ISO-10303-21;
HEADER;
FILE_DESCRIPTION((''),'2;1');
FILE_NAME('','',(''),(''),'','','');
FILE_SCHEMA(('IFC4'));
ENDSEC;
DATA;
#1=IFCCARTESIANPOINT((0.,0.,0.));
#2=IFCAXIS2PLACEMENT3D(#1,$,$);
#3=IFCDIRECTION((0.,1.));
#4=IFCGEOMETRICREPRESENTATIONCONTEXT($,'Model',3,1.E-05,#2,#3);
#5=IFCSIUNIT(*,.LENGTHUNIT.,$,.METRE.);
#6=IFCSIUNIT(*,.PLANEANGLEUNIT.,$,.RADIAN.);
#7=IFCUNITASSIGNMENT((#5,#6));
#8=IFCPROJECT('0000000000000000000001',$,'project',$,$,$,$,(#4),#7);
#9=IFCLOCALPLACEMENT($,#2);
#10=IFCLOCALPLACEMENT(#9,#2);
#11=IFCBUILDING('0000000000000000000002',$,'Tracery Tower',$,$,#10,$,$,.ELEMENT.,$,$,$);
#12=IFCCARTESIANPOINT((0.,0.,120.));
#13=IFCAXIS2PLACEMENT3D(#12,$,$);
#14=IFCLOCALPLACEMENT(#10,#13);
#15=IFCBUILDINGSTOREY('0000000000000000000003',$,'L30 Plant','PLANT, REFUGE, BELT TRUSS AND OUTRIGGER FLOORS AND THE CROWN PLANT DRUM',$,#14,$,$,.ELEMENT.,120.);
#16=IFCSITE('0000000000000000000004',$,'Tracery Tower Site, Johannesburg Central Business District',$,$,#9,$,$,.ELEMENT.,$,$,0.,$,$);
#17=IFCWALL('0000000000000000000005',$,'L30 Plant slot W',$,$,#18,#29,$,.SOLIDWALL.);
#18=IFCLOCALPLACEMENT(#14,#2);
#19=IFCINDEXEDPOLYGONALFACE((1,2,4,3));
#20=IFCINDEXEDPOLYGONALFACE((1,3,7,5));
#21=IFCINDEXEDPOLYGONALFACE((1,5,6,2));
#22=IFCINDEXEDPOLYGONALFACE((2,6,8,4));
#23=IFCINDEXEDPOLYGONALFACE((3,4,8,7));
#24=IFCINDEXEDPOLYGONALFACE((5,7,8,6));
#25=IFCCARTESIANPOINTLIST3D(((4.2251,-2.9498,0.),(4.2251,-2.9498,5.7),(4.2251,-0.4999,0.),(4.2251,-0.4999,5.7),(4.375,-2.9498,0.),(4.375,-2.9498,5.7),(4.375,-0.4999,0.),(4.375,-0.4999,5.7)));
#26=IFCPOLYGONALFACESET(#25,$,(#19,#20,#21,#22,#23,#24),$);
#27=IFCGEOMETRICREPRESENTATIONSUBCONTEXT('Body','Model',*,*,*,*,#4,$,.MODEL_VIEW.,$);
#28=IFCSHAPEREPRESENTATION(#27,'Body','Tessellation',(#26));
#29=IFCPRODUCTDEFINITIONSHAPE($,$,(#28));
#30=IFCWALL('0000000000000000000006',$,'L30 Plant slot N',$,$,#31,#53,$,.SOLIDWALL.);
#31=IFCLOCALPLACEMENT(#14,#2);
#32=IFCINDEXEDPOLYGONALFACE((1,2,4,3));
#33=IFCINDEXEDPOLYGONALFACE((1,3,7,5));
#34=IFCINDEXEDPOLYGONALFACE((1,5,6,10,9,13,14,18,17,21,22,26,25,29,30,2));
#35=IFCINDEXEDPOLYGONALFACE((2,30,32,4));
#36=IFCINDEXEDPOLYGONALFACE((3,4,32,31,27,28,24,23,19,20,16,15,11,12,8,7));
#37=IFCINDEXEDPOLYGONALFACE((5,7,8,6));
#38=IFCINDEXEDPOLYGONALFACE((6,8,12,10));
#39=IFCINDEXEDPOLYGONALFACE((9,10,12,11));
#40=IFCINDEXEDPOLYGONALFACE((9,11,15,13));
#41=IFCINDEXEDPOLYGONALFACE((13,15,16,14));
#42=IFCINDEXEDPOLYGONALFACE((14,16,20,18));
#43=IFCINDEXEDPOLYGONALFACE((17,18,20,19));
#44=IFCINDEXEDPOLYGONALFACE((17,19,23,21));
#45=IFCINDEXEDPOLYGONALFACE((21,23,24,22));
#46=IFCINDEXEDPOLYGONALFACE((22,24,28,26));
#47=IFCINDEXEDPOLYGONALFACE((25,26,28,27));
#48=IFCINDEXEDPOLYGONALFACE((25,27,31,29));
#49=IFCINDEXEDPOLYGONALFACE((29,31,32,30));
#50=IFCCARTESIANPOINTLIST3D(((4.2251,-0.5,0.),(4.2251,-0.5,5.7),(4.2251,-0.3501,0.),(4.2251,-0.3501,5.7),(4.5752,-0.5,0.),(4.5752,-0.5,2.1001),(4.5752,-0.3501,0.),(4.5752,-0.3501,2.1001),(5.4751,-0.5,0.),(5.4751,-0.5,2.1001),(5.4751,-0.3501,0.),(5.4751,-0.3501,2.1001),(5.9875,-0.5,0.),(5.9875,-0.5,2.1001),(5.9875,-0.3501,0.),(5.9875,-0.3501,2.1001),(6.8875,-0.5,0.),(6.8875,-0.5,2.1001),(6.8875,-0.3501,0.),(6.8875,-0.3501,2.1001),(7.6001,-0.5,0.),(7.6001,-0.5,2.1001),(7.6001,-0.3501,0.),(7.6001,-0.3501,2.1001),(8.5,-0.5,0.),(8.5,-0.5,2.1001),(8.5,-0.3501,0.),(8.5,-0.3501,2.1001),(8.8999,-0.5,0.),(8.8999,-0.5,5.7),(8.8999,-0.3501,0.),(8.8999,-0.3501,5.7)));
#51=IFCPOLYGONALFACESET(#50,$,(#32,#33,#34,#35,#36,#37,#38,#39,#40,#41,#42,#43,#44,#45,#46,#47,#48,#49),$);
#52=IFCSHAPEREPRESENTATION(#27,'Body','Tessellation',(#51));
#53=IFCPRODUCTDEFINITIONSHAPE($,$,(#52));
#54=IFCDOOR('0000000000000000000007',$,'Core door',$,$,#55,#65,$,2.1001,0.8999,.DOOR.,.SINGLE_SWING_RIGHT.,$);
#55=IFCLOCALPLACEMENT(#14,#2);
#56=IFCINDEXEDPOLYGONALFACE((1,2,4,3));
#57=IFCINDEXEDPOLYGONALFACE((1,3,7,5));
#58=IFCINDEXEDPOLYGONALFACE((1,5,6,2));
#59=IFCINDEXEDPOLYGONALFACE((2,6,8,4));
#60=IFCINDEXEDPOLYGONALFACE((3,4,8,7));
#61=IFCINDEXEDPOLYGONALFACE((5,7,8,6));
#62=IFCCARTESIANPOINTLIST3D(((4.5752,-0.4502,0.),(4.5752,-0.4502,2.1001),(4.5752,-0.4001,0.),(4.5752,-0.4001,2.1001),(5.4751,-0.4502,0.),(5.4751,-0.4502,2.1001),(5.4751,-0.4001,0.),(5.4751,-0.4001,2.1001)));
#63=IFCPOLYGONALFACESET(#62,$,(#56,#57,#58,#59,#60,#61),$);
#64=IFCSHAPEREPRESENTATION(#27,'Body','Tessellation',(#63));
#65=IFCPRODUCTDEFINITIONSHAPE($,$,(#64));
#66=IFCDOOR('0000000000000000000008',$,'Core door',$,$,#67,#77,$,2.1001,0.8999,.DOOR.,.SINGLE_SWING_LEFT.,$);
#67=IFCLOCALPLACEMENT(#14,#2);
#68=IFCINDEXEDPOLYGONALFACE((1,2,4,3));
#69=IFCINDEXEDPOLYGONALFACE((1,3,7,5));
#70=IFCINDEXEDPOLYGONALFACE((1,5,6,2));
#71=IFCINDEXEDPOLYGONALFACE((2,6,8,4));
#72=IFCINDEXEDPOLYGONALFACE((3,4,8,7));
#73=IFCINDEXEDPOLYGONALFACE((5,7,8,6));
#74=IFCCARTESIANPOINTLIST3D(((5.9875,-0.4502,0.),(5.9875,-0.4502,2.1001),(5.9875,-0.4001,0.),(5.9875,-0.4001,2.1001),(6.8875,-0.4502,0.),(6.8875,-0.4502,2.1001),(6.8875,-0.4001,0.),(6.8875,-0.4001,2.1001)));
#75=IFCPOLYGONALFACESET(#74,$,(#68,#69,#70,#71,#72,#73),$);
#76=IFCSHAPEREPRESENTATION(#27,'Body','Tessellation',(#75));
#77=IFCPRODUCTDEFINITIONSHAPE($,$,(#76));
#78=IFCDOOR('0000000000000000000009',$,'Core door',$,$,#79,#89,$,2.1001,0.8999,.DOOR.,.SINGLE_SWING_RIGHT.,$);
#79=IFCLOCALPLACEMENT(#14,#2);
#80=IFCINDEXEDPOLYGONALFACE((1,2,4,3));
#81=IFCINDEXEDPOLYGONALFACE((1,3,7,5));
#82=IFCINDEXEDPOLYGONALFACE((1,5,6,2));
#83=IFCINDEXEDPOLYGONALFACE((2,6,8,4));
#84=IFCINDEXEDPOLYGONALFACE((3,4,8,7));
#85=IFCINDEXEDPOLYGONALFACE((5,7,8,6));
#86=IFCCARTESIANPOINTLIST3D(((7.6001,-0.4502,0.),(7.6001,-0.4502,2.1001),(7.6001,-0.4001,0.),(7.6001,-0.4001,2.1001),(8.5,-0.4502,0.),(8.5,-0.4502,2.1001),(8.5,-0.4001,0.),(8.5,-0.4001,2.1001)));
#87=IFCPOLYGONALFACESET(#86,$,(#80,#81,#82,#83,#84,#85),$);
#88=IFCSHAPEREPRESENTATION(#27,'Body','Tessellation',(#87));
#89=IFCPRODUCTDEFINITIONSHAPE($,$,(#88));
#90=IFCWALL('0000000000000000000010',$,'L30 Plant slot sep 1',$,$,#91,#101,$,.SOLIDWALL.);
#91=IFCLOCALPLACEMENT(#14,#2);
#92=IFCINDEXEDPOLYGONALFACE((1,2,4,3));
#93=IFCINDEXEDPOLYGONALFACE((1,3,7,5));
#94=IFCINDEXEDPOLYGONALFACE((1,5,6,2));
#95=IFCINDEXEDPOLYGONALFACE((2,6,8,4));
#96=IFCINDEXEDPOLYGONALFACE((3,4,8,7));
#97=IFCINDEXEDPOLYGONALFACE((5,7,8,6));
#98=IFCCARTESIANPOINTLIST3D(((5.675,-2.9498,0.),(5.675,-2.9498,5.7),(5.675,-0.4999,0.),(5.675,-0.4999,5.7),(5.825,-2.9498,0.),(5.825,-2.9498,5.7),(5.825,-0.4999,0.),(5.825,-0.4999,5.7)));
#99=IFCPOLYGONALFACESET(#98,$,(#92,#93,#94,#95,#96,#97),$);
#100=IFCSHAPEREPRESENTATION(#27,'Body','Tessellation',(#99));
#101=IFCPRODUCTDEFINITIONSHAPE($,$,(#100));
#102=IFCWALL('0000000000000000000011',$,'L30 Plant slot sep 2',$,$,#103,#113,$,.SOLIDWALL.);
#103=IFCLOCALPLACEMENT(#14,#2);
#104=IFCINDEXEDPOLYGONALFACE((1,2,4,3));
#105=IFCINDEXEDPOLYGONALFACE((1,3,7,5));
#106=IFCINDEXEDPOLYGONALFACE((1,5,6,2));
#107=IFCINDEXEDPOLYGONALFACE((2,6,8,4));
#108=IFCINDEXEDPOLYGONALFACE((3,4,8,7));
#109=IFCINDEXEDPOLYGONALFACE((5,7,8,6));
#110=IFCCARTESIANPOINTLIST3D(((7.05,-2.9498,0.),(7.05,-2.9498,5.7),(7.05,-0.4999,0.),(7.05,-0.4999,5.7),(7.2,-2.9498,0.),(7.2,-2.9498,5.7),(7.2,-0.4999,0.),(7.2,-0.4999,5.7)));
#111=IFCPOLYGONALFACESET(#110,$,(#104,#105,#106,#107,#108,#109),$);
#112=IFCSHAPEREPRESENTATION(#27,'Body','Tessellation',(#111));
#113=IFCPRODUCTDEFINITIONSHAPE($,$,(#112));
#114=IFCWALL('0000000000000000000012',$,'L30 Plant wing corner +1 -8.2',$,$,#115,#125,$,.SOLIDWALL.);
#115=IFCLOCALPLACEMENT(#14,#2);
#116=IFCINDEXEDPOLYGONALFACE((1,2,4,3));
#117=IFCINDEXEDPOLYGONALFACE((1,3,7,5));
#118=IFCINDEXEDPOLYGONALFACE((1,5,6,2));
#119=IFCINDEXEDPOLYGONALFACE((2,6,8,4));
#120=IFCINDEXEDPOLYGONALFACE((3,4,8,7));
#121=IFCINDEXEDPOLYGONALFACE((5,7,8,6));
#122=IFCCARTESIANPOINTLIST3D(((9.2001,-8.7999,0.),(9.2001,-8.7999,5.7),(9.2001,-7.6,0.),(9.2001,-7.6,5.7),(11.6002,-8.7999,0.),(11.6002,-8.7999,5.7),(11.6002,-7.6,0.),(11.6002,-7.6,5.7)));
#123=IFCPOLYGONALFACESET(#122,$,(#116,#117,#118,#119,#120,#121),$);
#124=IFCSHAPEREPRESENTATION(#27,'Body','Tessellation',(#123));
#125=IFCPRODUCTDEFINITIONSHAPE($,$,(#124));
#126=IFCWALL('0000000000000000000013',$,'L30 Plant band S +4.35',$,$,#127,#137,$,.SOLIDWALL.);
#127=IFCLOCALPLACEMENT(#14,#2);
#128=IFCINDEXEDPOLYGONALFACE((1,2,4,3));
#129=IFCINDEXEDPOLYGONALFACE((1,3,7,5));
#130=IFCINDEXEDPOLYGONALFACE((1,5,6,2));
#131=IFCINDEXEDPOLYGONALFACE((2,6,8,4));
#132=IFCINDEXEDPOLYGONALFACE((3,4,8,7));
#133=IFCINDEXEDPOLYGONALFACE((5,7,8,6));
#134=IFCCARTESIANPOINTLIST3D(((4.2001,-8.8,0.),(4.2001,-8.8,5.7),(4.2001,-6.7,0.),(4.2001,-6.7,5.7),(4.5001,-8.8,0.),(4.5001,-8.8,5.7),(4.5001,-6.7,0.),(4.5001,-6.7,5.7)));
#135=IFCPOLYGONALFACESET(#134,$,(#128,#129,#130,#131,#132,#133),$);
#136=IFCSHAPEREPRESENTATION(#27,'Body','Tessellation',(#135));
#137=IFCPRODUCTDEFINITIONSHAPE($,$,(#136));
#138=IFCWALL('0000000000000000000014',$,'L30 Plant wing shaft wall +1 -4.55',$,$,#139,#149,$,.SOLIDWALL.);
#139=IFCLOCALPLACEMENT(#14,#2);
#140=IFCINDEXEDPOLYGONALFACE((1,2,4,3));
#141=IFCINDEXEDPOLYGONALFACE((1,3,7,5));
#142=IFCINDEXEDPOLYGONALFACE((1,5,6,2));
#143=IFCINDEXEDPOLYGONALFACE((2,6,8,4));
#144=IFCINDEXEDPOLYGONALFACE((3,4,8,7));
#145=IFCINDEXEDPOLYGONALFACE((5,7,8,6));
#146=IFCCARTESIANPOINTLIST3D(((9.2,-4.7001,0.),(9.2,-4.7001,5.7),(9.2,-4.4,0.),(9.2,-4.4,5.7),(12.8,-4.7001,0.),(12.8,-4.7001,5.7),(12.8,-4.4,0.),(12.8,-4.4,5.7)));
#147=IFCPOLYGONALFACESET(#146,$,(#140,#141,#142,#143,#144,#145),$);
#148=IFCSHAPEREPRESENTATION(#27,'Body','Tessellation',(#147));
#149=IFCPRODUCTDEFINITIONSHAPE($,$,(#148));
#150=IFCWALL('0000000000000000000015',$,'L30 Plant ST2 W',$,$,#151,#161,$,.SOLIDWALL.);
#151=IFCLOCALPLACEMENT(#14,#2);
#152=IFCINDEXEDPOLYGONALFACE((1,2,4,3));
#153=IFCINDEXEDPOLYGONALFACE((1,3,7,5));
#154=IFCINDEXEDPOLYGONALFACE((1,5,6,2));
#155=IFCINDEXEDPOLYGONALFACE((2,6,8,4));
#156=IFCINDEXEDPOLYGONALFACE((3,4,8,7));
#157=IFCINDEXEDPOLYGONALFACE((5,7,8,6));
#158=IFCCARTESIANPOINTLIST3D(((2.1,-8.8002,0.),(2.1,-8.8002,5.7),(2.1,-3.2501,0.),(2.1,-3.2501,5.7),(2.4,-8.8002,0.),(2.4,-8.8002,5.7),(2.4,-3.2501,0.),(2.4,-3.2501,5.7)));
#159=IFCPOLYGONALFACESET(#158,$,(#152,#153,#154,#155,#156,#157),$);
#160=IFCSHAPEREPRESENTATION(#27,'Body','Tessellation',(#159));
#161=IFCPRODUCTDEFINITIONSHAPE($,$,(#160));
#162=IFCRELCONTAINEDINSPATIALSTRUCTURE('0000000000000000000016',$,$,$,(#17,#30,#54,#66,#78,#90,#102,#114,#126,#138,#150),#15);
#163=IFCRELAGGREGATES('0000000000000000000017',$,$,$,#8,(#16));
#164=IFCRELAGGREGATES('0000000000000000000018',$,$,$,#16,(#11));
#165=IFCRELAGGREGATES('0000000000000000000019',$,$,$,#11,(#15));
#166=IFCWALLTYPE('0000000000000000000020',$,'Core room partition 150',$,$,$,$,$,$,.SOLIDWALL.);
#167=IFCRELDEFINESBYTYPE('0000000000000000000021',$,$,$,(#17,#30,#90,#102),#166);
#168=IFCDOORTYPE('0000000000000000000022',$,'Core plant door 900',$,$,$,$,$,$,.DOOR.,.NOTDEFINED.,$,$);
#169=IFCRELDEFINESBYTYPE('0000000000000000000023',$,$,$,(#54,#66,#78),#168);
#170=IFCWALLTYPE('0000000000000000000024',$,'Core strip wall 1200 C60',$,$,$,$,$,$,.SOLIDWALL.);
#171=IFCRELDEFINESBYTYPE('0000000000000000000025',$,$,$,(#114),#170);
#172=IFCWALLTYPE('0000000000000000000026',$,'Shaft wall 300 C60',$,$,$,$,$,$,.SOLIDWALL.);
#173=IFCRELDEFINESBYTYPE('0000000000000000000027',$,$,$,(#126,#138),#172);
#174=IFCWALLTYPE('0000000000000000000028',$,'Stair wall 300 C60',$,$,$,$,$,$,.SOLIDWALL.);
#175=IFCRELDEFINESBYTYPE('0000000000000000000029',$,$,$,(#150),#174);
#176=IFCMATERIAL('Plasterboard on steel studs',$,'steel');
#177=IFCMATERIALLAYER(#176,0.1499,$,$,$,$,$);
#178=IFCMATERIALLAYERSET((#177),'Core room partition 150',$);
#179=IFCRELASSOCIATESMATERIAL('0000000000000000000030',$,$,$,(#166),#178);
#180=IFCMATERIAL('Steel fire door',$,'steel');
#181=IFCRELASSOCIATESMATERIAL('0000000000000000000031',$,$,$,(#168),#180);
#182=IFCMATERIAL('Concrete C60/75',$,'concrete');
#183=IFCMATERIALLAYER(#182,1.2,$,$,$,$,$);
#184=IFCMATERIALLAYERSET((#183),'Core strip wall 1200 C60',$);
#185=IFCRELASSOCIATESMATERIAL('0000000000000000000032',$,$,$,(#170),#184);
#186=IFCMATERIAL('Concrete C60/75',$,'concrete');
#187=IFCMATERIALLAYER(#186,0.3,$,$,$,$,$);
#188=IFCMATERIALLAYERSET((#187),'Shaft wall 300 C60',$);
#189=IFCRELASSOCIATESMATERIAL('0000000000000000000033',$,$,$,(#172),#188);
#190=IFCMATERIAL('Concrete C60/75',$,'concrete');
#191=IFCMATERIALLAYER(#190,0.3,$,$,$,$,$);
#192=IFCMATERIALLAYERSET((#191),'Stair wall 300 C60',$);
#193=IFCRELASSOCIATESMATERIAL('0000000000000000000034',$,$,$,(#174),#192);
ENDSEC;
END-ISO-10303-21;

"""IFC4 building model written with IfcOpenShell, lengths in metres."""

from ifc_helpers import new_model, si_unit, direction, frame, frame_2d, origin, place, context, subcontext, project, spatial, rectangle, extrude, material, layer, layer_set, type_object, element, fill, save


model = new_model("IFC4")

# Units and contexts
model_context = context("Model", 3, precision=1e-05, world=origin(), true_north=direction((0.0, 1.0)))
body_context = subcontext(model_context, "Body", "Model", "MODEL_VIEW")
ifc_project = project(units=[si_unit("LENGTHUNIT", "METRE"), si_unit("PLANEANGLEUNIT", "RADIAN")], contexts=[model_context])

# Site, building, storey
site_placement = place(None, origin())
site = spatial("IfcSite", under=ifc_project, at=site_placement, Name="Tracery Tower Site, Johannesburg Central Business District", CompositionType="ELEMENT", RefElevation=0.0)
building_placement = place(site_placement, origin())
building = spatial("IfcBuilding", under=site, at=building_placement, Name="Tracery Tower", CompositionType="ELEMENT")
storey_placement = place(building_placement, frame((0.0, 0.0, 120.0)))
storey = spatial("IfcBuildingStorey", under=building, at=storey_placement, Name="L30 Plant", Description="PLANT, REFUGE, BELT TRUSS AND OUTRIGGER FLOORS AND THE CROWN PLANT DRUM", CompositionType="ELEMENT", Elevation=120.0)

# Wall
ifc_material_1 = material(Name="Plasterboard on steel studs", Category="steel")
ifc_layer_1 = layer(ifc_material_1, 0.1499)
ifc_layer_set_1 = layer_set([ifc_layer_1], Name="Core room partition 150")
wall_type_1 = type_object("IfcWallType", Name="Core room partition 150", PredefinedType="SOLIDWALL", material=ifc_layer_set_1)
wall_1_placement = place(storey_placement, frame((4.3, -2.95, 0.0), z_axis=(0.0, 0.0, 1.0), x_axis=(0.0, 1.0, 0.0)))
element("IfcWall", 1, at=wall_1_placement, inside=storey, type_object=wall_type_1, Name="L30 Plant slot W", PredefinedType="SOLIDWALL", context=body_context, shape_type="SweptSolid", body=[
    extrude(rectangle(XDim=2.45, YDim=0.1499, at=frame_2d((1.2251, 0.0))), origin(), (0.0, 0.0, 1.0), 5.7),
])

# Wall, openings, doors
wall_2_placement = place(storey_placement, frame((4.2251, -0.425, 0.0), z_axis=(0.0, 0.0, 1.0), x_axis=(1.0, 0.0, 0.0)))
wall_2 = element("IfcWall", 2, at=wall_2_placement, inside=storey, type_object=wall_type_1, Name="L30 Plant slot N", PredefinedType="SOLIDWALL", context=body_context, shape_type="SweptSolid", body=[
    extrude(rectangle(XDim=4.6748, YDim=0.1499, at=frame_2d((2.3374, 0.0))), origin(), (0.0, 0.0, 1.0), 5.7),
])
opening_1_placement = place(wall_2_placement, frame((0.3501, 0.0, 0.0)))
opening_1 = element("IfcOpeningElement", 3, at=opening_1_placement, cuts=wall_2, PredefinedType="OPENING", context=body_context, shape_type="SweptSolid", body=[
    extrude(rectangle(XDim=0.8999, YDim=2.1001, at=frame_2d((0.45, 1.05))), frame((0.0, 0.075, 0.0), z_axis=(0.0, -1.0, 0.0), x_axis=(1.0, 0.0, 0.0)), (0.0, 0.0, 1.0), 0.1499),
])
opening_2_placement = place(wall_2_placement, frame((1.7625, 0.0, 0.0)))
opening_2 = element("IfcOpeningElement", 4, at=opening_2_placement, cuts=wall_2, PredefinedType="OPENING", context=body_context, shape_type="SweptSolid", body=[
    extrude(rectangle(XDim=0.8999, YDim=2.1001, at=frame_2d((0.45, 1.05))), frame((0.0, 0.075, 0.0), z_axis=(0.0, -1.0, 0.0), x_axis=(1.0, 0.0, 0.0)), (0.0, 0.0, 1.0), 0.1499),
])
opening_3_placement = place(wall_2_placement, frame((3.375, 0.0, 0.0)))
opening_3 = element("IfcOpeningElement", 5, at=opening_3_placement, cuts=wall_2, PredefinedType="OPENING", context=body_context, shape_type="SweptSolid", body=[
    extrude(rectangle(XDim=0.8999, YDim=2.1001, at=frame_2d((0.45, 1.05))), frame((0.0, 0.075, 0.0), z_axis=(0.0, -1.0, 0.0), x_axis=(1.0, 0.0, 0.0)), (0.0, 0.0, 1.0), 0.1499),
])
ifc_material_2 = material(Name="Steel fire door", Category="steel")
door_type_1 = type_object("IfcDoorType", Name="Core plant door 900", OperationType="NOTDEFINED", PredefinedType="DOOR", material=ifc_material_2)
door_1_placement = place(opening_1_placement, origin())
door_1 = element("IfcDoor", 6, at=door_1_placement, inside=storey, type_object=door_type_1, Name="Core door", OperationType="SINGLE_SWING_RIGHT", OverallHeight=2.1001, OverallWidth=0.8999, PredefinedType="DOOR", context=body_context, shape_type="SweptSolid", body=[
    extrude(rectangle(XDim=0.8999, YDim=2.1001, at=frame_2d((0.45, 1.05))), frame((0.0, 0.0249, 0.0), z_axis=(0.0, -1.0, 0.0), x_axis=(1.0, 0.0, 0.0)), (0.0, 0.0, 1.0), 0.05),
])
fill(opening_1, door_1)
door_2_placement = place(opening_2_placement, origin())
door_2 = element("IfcDoor", 7, at=door_2_placement, inside=storey, type_object=door_type_1, Name="Core door", OperationType="SINGLE_SWING_LEFT", OverallHeight=2.1001, OverallWidth=0.8999, PredefinedType="DOOR", context=body_context, shape_type="SweptSolid", body=[
    extrude(rectangle(XDim=0.8999, YDim=2.1001, at=frame_2d((0.45, 1.05))), frame((0.0, 0.0249, 0.0), z_axis=(0.0, -1.0, 0.0), x_axis=(1.0, 0.0, 0.0)), (0.0, 0.0, 1.0), 0.05),
])
fill(opening_2, door_2)
door_3_placement = place(opening_3_placement, origin())
door_3 = element("IfcDoor", 8, at=door_3_placement, inside=storey, type_object=door_type_1, Name="Core door", OperationType="SINGLE_SWING_RIGHT", OverallHeight=2.1001, OverallWidth=0.8999, PredefinedType="DOOR", context=body_context, shape_type="SweptSolid", body=[
    extrude(rectangle(XDim=0.8999, YDim=2.1001, at=frame_2d((0.45, 1.05))), frame((0.0, 0.0249, 0.0), z_axis=(0.0, -1.0, 0.0), x_axis=(1.0, 0.0, 0.0)), (0.0, 0.0, 1.0), 0.05),
])
fill(opening_3, door_3)

# Walls
for number, where, z_axis, x_axis, name in (
    (9, (5.75, -2.95, 0.0), (0.0, 0.0, 1.0), (0.0, 1.0, 0.0), "L30 Plant slot sep 1"),
    (10, (7.125, -2.95, 0.0), (0.0, 0.0, 1.0), (0.0, 1.0, 0.0), "L30 Plant slot sep 2"),
):
    element("IfcWall", number, at=place(storey_placement, frame(where, z_axis=z_axis, x_axis=x_axis)), inside=storey, type_object=wall_type_1, Name=name, PredefinedType="SOLIDWALL", context=body_context, shape_type="SweptSolid", body=[
        extrude(rectangle(XDim=2.45, YDim=0.1499, at=frame_2d((1.2251, 0.0))), origin(), (0.0, 0.0, 1.0), 5.7),
    ])
ifc_material_3 = material(Name="Concrete C60/75", Category="concrete")
ifc_layer_2 = layer(ifc_material_3, 1.2)
ifc_layer_set_2 = layer_set([ifc_layer_2], Name="Core strip wall 1200 C60")
wall_type_2 = type_object("IfcWallType", Name="Core strip wall 1200 C60", PredefinedType="SOLIDWALL", material=ifc_layer_set_2)
wall_3_placement = place(storey_placement, frame((9.2, -8.2, 0.0), z_axis=(0.0, 0.0, 1.0), x_axis=(1.0, 0.0, 0.0)))
element("IfcWall", 11, at=wall_3_placement, inside=storey, type_object=wall_type_2, Name="L30 Plant wing corner +1 -8.2", PredefinedType="SOLIDWALL", context=body_context, shape_type="SweptSolid", body=[
    extrude(rectangle(XDim=2.4001, YDim=1.2, at=frame_2d((1.2002, 0.0))), origin(), (0.0, 0.0, 1.0), 5.7),
])
ifc_material_4 = material(Name="Concrete C60/75", Category="concrete")
ifc_layer_3 = layer(ifc_material_4, 0.3)
ifc_layer_set_3 = layer_set([ifc_layer_3], Name="Shaft wall 300 C60")
wall_type_3 = type_object("IfcWallType", Name="Shaft wall 300 C60", PredefinedType="SOLIDWALL", material=ifc_layer_set_3)
wall_4_placement = place(storey_placement, frame((4.3501, -8.8, 0.0), z_axis=(0.0, 0.0, 1.0), x_axis=(0.0, 1.0, 0.0)))
element("IfcWall", 12, at=wall_4_placement, inside=storey, type_object=wall_type_3, Name="L30 Plant band S +4.35", PredefinedType="SOLIDWALL", context=body_context, shape_type="SweptSolid", body=[
    extrude(rectangle(XDim=2.1001, YDim=0.3, at=frame_2d((1.05, 0.0))), origin(), (0.0, 0.0, 1.0), 5.7),
])
wall_5_placement = place(storey_placement, frame((9.2, -4.55, 0.0), z_axis=(0.0, 0.0, 1.0), x_axis=(1.0, 0.0, 0.0)))
element("IfcWall", 13, at=wall_5_placement, inside=storey, type_object=wall_type_3, Name="L30 Plant wing shaft wall +1 -4.55", PredefinedType="SOLIDWALL", context=body_context, shape_type="SweptSolid", body=[
    extrude(rectangle(XDim=3.6001, YDim=0.3, at=frame_2d((1.8, 0.0))), origin(), (0.0, 0.0, 1.0), 5.7),
])

# Shared definitions
ifc_material_5 = material(Name="Concrete C60/75", Category="concrete")
ifc_layer_4 = layer(ifc_material_5, 0.3)
ifc_layer_set_4 = layer_set([ifc_layer_4], Name="Stair wall 300 C60")
wall_type_4 = type_object("IfcWallType", Name="Stair wall 300 C60", PredefinedType="SOLIDWALL", material=ifc_layer_set_4)

# Wall
wall_6_placement = place(storey_placement, frame((2.25, -8.8, 0.0), z_axis=(0.0, 0.0, 1.0), x_axis=(0.0, 1.0, 0.0)))
element("IfcWall", 14, at=wall_6_placement, inside=storey, type_object=wall_type_4, Name="L30 Plant ST2 W", PredefinedType="SOLIDWALL", context=body_context, shape_type="SweptSolid", body=[
    extrude(rectangle(XDim=5.55, YDim=0.3, at=frame_2d((2.7749, 0.0))), origin(), (0.0, 0.0, 1.0), 5.7),
])

save(model, "model.ifc")
